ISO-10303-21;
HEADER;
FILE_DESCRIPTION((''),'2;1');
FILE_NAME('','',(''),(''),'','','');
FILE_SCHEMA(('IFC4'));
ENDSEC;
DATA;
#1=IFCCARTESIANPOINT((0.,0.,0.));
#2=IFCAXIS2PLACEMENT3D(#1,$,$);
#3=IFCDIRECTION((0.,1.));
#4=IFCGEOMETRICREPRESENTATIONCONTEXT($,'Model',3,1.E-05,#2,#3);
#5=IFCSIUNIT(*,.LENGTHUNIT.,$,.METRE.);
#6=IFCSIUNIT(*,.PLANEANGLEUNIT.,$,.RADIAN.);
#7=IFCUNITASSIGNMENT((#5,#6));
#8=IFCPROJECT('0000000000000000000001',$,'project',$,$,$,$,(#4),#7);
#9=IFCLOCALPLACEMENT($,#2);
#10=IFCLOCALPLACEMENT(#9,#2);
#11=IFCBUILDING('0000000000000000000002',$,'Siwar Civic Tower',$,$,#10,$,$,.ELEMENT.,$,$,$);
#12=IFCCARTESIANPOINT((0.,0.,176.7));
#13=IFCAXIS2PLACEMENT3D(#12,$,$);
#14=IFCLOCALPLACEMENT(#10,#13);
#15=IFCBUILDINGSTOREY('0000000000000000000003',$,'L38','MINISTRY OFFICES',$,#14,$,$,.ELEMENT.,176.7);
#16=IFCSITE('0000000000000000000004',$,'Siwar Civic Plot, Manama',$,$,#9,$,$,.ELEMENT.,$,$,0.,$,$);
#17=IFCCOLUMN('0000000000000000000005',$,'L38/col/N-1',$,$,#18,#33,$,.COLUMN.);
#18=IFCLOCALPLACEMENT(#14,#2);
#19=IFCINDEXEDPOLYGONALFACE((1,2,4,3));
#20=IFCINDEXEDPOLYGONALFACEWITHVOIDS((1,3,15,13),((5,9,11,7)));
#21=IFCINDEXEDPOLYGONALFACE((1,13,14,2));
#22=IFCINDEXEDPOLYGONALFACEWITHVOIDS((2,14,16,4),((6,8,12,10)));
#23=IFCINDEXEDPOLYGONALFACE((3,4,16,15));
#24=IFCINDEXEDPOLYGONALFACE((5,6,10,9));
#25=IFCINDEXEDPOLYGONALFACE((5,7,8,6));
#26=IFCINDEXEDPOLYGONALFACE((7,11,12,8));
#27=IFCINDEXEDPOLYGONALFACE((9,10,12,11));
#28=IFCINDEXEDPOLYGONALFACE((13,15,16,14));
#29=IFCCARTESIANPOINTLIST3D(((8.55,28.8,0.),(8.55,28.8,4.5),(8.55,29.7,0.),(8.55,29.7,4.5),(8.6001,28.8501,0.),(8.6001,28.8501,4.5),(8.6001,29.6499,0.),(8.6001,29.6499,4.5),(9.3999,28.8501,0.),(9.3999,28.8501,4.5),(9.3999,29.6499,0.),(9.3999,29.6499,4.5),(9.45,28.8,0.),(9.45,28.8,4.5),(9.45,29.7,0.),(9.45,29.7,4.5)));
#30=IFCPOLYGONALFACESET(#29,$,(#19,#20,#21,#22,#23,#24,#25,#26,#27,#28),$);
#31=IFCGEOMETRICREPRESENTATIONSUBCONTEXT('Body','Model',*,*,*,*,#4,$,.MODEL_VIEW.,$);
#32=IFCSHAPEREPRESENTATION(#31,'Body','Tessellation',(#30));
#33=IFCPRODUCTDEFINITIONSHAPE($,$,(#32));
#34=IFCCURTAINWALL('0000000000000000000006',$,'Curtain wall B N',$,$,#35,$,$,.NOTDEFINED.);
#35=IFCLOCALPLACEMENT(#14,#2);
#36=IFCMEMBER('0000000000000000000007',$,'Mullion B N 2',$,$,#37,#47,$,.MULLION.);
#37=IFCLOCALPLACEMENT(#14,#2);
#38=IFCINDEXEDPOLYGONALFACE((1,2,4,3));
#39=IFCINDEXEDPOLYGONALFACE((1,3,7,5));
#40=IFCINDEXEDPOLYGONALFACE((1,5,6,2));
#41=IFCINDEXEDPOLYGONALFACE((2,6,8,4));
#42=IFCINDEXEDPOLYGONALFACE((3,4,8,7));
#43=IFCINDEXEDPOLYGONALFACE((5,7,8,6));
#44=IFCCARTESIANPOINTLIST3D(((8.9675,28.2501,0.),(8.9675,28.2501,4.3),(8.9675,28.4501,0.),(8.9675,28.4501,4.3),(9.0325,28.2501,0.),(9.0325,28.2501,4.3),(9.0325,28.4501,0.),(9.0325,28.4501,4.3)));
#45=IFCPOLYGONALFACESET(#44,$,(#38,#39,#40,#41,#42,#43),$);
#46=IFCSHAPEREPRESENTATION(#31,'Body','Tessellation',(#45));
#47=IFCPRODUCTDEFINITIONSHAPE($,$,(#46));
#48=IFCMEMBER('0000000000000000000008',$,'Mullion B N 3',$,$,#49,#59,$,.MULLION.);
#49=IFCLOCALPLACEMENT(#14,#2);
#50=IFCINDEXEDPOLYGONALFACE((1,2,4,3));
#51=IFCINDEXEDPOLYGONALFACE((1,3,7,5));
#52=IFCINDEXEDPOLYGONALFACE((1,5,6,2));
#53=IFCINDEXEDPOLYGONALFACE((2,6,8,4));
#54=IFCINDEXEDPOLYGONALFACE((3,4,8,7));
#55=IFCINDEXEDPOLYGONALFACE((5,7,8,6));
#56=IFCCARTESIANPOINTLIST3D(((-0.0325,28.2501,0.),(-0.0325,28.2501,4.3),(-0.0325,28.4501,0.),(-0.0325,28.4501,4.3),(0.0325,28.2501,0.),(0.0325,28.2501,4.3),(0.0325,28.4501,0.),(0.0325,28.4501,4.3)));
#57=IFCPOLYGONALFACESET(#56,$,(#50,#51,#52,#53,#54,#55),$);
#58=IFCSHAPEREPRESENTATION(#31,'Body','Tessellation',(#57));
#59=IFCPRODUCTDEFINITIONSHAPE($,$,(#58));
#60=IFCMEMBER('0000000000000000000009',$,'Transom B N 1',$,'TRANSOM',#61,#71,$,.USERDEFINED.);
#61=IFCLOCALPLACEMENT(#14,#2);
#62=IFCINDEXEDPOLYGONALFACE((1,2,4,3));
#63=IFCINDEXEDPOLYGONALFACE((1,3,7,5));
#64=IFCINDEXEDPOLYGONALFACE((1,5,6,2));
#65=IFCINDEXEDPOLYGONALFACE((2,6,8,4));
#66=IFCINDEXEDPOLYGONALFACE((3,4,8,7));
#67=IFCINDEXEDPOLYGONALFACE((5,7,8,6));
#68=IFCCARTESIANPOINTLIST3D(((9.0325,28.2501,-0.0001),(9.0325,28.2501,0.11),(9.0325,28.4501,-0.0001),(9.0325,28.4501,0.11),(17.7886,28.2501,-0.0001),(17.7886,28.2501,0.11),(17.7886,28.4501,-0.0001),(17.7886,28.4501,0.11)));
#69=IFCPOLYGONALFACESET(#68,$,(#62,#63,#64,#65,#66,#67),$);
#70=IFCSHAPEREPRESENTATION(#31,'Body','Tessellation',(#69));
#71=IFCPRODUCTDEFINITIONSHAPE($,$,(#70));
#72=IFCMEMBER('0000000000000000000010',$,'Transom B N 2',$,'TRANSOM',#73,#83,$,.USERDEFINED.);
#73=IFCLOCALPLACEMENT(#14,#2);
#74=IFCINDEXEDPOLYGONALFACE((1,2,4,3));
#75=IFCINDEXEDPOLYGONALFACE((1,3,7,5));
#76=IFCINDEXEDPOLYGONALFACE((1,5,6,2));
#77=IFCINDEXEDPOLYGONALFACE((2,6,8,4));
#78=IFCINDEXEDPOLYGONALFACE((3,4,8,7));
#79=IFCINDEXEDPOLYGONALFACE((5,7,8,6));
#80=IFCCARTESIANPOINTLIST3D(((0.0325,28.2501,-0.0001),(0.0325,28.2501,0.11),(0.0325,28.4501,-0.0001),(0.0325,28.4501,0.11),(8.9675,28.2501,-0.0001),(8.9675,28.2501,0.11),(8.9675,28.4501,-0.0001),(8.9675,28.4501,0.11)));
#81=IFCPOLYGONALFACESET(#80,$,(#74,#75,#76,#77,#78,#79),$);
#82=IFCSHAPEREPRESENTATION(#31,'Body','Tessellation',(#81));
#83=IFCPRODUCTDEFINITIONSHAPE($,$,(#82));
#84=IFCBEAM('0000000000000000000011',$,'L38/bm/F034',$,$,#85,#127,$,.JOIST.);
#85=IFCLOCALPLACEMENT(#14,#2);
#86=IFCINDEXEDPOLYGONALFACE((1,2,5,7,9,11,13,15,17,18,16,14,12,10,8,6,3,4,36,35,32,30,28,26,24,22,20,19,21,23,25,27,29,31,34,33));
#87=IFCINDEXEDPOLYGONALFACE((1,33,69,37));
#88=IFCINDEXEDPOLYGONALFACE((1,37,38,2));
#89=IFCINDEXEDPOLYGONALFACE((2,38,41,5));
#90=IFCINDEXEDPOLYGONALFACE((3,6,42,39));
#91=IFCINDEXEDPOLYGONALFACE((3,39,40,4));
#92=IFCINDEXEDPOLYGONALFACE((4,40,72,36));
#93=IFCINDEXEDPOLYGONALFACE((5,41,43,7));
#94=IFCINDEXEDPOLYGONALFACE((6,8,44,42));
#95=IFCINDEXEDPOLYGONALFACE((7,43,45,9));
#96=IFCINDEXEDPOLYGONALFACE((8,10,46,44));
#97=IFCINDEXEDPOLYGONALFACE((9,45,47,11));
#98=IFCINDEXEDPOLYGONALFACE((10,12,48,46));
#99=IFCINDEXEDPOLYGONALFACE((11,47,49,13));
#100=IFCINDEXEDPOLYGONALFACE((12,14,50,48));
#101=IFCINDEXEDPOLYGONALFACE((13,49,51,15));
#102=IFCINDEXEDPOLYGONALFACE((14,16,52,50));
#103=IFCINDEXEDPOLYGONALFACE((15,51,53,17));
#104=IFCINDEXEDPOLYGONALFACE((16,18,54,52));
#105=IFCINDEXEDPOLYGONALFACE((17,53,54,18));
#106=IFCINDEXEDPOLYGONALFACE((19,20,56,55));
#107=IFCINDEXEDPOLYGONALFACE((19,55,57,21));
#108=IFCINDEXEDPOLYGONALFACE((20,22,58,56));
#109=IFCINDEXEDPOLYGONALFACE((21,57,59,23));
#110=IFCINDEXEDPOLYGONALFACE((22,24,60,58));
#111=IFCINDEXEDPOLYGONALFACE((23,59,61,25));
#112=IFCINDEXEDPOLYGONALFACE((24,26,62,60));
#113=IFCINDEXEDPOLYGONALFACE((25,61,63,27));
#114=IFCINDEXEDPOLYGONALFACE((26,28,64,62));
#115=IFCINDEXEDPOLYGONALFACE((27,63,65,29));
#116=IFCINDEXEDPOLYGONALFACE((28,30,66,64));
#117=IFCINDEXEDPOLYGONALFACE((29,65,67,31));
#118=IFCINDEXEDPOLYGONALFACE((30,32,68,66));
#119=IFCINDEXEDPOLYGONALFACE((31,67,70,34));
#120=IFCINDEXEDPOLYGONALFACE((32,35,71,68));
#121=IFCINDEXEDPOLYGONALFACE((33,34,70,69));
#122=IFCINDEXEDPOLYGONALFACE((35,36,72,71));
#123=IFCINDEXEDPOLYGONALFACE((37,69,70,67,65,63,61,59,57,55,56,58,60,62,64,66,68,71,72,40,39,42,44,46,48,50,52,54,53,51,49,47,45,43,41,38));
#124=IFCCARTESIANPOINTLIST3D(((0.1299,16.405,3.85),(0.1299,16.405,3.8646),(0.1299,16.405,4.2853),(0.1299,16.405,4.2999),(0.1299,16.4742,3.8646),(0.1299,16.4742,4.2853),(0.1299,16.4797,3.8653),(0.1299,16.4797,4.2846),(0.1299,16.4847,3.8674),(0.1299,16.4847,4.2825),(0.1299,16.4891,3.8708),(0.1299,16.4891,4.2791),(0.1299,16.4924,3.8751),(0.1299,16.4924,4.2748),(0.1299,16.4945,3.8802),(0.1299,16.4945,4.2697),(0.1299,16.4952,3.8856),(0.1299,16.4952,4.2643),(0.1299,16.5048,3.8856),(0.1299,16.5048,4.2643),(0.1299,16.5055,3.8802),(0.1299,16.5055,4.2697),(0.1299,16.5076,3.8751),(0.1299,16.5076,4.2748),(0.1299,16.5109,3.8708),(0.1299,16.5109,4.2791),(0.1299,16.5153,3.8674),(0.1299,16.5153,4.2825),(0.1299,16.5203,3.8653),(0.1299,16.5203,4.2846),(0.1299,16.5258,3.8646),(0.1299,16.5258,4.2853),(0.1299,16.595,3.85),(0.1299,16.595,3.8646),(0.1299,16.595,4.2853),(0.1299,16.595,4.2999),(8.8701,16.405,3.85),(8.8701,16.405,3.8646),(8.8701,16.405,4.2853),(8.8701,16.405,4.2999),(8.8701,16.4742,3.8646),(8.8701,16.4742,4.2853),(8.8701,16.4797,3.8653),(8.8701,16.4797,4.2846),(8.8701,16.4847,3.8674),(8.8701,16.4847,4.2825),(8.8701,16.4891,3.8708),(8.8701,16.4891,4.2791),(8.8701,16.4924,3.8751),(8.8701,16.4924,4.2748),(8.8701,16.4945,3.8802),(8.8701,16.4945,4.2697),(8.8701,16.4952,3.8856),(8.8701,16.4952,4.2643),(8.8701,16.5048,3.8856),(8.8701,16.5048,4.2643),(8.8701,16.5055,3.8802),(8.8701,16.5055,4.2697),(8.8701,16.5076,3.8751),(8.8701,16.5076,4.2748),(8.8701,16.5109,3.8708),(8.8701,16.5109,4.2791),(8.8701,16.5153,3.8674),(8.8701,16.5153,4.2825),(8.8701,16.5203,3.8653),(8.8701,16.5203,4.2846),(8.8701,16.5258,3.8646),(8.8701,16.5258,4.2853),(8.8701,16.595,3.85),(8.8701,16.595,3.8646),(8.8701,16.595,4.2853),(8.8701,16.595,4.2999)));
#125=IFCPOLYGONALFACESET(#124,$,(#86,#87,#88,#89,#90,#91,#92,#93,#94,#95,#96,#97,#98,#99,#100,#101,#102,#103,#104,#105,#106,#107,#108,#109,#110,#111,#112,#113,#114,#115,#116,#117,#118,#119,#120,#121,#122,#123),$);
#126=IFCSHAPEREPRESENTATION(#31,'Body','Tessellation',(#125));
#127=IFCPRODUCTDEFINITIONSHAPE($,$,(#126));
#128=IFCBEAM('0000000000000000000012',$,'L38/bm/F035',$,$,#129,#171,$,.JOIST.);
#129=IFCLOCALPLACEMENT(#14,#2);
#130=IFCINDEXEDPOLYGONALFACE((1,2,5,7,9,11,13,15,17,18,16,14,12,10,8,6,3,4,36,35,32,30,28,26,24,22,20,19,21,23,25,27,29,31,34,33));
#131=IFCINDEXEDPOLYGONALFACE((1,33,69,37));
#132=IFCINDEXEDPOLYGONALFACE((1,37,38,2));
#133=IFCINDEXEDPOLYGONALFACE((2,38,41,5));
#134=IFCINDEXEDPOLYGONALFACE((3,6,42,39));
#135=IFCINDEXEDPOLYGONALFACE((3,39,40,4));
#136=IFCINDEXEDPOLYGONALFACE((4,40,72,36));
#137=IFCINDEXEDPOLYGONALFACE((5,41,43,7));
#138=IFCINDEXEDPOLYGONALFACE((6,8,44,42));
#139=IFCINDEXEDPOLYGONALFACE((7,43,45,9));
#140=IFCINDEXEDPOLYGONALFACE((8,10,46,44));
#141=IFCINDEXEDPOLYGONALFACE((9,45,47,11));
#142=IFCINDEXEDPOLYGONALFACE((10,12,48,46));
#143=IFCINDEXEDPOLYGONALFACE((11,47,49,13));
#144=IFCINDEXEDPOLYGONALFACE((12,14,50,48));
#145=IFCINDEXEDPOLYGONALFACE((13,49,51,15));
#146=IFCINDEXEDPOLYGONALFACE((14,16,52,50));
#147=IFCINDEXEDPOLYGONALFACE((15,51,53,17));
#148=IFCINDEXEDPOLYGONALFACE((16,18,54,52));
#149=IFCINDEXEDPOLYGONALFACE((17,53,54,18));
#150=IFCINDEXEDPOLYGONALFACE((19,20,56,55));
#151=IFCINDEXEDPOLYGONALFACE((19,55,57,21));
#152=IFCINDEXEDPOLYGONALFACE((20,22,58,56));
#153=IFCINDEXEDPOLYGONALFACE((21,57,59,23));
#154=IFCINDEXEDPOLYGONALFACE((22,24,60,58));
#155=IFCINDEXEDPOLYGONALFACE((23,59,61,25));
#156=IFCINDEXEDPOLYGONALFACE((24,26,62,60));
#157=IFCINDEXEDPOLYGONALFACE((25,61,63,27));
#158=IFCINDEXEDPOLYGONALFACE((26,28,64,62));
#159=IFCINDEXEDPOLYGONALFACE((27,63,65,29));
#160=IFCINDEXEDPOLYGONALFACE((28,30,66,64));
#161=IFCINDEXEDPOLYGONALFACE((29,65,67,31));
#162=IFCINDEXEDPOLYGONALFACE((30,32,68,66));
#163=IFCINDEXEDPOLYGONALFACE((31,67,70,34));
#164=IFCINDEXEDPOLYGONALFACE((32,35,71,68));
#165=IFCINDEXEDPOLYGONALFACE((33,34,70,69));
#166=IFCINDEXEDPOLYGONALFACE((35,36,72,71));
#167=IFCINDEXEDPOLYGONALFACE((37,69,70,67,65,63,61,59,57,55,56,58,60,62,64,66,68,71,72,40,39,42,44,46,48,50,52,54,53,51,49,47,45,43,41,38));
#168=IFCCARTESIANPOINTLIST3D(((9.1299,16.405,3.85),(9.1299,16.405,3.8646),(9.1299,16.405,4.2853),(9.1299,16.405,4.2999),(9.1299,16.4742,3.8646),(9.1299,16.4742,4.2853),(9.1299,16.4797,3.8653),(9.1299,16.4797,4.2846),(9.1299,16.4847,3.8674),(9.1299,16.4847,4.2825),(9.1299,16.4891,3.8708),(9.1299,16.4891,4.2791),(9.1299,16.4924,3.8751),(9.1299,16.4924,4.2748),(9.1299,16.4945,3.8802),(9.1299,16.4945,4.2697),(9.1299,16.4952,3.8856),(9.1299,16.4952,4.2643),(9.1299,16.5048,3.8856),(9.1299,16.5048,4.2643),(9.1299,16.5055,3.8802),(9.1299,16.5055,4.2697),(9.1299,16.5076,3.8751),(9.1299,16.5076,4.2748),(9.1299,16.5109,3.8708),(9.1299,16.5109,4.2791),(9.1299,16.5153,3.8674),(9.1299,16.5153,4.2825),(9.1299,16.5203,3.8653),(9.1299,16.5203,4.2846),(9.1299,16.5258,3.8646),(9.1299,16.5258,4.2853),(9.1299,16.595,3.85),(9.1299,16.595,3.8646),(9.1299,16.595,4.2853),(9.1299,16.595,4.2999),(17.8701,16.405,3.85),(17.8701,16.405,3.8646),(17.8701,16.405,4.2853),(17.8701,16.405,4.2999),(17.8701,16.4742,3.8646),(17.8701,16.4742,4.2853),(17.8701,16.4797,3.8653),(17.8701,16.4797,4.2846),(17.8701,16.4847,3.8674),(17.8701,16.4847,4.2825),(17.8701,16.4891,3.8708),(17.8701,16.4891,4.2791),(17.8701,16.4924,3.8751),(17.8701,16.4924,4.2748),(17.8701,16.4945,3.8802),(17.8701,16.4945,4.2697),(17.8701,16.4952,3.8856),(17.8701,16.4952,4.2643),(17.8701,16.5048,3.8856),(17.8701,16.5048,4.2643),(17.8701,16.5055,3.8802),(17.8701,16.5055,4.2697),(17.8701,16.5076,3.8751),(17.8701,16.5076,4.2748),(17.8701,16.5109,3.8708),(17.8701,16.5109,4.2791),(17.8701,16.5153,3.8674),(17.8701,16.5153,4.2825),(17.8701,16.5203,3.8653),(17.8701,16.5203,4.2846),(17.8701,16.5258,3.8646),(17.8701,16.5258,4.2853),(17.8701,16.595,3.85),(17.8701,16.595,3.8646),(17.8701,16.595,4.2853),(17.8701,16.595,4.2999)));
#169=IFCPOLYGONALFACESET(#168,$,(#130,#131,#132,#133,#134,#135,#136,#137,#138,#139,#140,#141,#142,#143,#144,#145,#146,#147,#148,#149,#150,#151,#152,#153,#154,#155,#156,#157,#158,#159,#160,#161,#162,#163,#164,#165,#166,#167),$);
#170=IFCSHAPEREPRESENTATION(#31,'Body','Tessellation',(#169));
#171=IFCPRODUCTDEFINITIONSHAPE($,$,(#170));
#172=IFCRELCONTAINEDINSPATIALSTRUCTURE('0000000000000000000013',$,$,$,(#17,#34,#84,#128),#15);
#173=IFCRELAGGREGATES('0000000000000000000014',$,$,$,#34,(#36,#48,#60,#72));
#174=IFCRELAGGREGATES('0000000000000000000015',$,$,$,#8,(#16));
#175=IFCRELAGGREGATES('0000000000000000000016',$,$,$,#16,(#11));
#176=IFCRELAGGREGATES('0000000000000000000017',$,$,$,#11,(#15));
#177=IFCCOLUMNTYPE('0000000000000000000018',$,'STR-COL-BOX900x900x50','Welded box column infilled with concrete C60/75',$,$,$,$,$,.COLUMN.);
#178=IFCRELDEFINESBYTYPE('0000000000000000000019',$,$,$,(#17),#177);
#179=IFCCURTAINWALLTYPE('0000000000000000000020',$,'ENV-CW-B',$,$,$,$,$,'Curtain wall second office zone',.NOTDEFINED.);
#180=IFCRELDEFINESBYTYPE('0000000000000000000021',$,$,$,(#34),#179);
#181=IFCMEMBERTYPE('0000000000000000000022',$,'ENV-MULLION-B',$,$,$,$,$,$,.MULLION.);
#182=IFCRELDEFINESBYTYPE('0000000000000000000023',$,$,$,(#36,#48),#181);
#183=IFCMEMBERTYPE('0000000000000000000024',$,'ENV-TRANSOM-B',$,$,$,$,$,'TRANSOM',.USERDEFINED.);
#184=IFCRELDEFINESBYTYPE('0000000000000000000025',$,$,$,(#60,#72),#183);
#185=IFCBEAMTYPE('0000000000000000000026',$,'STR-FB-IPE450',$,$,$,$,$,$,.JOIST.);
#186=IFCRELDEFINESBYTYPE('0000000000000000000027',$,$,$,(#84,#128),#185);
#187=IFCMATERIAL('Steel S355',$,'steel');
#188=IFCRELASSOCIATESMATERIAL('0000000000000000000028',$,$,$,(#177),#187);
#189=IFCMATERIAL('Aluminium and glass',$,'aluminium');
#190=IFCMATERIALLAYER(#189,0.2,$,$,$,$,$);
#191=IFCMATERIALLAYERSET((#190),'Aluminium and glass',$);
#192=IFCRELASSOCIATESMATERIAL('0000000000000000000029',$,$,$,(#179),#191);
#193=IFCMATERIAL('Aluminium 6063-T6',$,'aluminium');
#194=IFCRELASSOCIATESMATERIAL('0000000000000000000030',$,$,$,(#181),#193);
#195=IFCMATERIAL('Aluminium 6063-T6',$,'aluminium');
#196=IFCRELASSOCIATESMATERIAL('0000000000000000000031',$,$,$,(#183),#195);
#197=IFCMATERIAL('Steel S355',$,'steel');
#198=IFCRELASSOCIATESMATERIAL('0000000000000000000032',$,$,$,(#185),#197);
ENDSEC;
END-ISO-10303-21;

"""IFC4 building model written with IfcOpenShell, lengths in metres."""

from ifc_helpers import new_model, si_unit, direction, frame, origin, origin_2d, place, context, subcontext, project, spatial, rectangle, hollow_rectangle, i_section, extrude, material, layer, layer_set, material_profile, profile_set, type_object, element, aggregate, save


model = new_model("IFC4")

# Units and contexts
model_context = context("Model", 3, precision=1e-05, world=origin(), true_north=direction((0.0, 1.0)))
body_context = subcontext(model_context, "Body", "Model", "MODEL_VIEW")
ifc_project = project(units=[si_unit("LENGTHUNIT", "METRE"), si_unit("PLANEANGLEUNIT", "RADIAN")], contexts=[model_context])

# Site, building, storey
site_placement = place(None, origin())
site = spatial("IfcSite", under=ifc_project, at=site_placement, Name="Siwar Civic Plot, Manama", CompositionType="ELEMENT", RefElevation=0.0)
building_placement = place(site_placement, origin())
building = spatial("IfcBuilding", under=site, at=building_placement, Name="Siwar Civic Tower", CompositionType="ELEMENT")
storey_placement = place(building_placement, frame((0.0, 0.0, 176.7)))
storey = spatial("IfcBuildingStorey", under=building, at=storey_placement, Name="L38", Description="MINISTRY OFFICES", CompositionType="ELEMENT", Elevation=176.7)

# Column
ifc_material_1 = material(Name="Steel S355", Category="steel")
ifc_material_profile_1 = material_profile(ifc_material_1, hollow_rectangle(XDim=0.8999, YDim=0.8999, WallThickness=0.05, at=origin_2d()), Name="BOX900x900x50")
ifc_profile_set_1 = profile_set([ifc_material_profile_1], Name="Steel S355")
column_type = type_object("IfcColumnType", Name="STR-COL-BOX900x900x50", Description="Welded box column infilled with concrete C60/75", PredefinedType="COLUMN", material=ifc_profile_set_1)
column_placement = place(storey_placement, frame((9.0, 29.25, 0.0), z_axis=(0.0, 0.0, 1.0), x_axis=(1.0, 0.0, 0.0)))
element("IfcColumn", 1, at=column_placement, inside=storey, type_object=column_type, Name="L38/col/N-1", PredefinedType="COLUMN", context=body_context, shape_type="SweptSolid", body=[
    extrude(hollow_rectangle(XDim=0.8999, YDim=0.8999, WallThickness=0.05, at=origin_2d()), origin(), (0.0, 0.0, 1.0), 4.5),
])

# Curtain wall, members
ifc_material_2 = material(Name="Aluminium and glass", Category="aluminium")
ifc_layer_1 = layer(ifc_material_2, 0.2)
ifc_layer_set_1 = layer_set([ifc_layer_1], Name="Aluminium and glass")
curtain_wall_type = type_object("IfcCurtainWallType", Name="ENV-CW-B", ElementType="Curtain wall second office zone", PredefinedType="NOTDEFINED", material=ifc_layer_set_1)
curtain_wall_placement = place(storey_placement, origin())
curtain_wall = element("IfcCurtainWall", 2, at=curtain_wall_placement, inside=storey, type_object=curtain_wall_type, Name="Curtain wall B N", PredefinedType="NOTDEFINED")
ifc_material_3 = material(Name="Aluminium 6063-T6", Category="aluminium")
ifc_material_profile_2 = material_profile(ifc_material_3, rectangle(XDim=0.2, YDim=0.0649, at=origin_2d()), Name="AL 200x65")
ifc_profile_set_2 = profile_set([ifc_material_profile_2], Name="Aluminium 6063-T6")
member_type_1 = type_object("IfcMemberType", Name="ENV-MULLION-B", PredefinedType="MULLION", material=ifc_profile_set_2)
member_1_placement = place(storey_placement, frame((9.0, 28.3501, 0.0), z_axis=(0.0, 0.0, 1.0), x_axis=(0.0, -1.0, 0.0)))
member_1 = element("IfcMember", 3, at=member_1_placement, type_object=member_type_1, Name="Mullion B N 2", PredefinedType="MULLION", context=body_context, shape_type="SweptSolid", body=[
    extrude(rectangle(XDim=0.2, YDim=0.0649, at=origin_2d()), origin(), (0.0, 0.0, 1.0), 4.3),
])
member_2_placement = place(storey_placement, frame((0.0, 28.3501, 0.0), z_axis=(0.0, 0.0, 1.0), x_axis=(0.0, -1.0, 0.0)))
member_2 = element("IfcMember", 4, at=member_2_placement, type_object=member_type_1, Name="Mullion B N 3", PredefinedType="MULLION", context=body_context, shape_type="SweptSolid", body=[
    extrude(rectangle(XDim=0.2, YDim=0.0649, at=origin_2d()), origin(), (0.0, 0.0, 1.0), 4.3),
])
ifc_material_4 = material(Name="Aluminium 6063-T6", Category="aluminium")
ifc_material_profile_3 = material_profile(ifc_material_4, rectangle(XDim=0.2, YDim=0.1101, at=origin_2d()), Name="AL 200x110")
ifc_profile_set_3 = profile_set([ifc_material_profile_3], Name="Aluminium 6063-T6")
member_type_2 = type_object("IfcMemberType", Name="ENV-TRANSOM-B", ElementType="TRANSOM", PredefinedType="USERDEFINED", material=ifc_profile_set_3)
member_3_placement = place(storey_placement, frame((17.7886, 28.3501, 0.0549), z_axis=(-1.0, 0.0, 0.0), x_axis=(0.0, -1.0, 0.0)))
member_3 = element("IfcMember", 5, at=member_3_placement, type_object=member_type_2, Name="Transom B N 1", ObjectType="TRANSOM", PredefinedType="USERDEFINED", context=body_context, shape_type="SweptSolid", body=[
    extrude(rectangle(XDim=0.2, YDim=0.1101, at=origin_2d()), origin(), (0.0, 0.0, 1.0), 8.7561),
])
member_4_placement = place(storey_placement, frame((8.9675, 28.3501, 0.0549), z_axis=(-1.0, 0.0, 0.0), x_axis=(0.0, -1.0, 0.0)))
member_4 = element("IfcMember", 6, at=member_4_placement, type_object=member_type_2, Name="Transom B N 2", ObjectType="TRANSOM", PredefinedType="USERDEFINED", context=body_context, shape_type="SweptSolid", body=[
    extrude(rectangle(XDim=0.2, YDim=0.1101, at=origin_2d()), origin(), (0.0, 0.0, 1.0), 8.9351),
])

# Beams
ifc_material_5 = material(Name="Steel S355", Category="steel")
ifc_material_profile_4 = material_profile(ifc_material_5, i_section(OverallWidth=0.1899, OverallDepth=0.45, WebThickness=0.0095, FlangeThickness=0.0146, FilletRadius=0.021, at=origin_2d()), Name="IPE450")
ifc_profile_set_4 = profile_set([ifc_material_profile_4], Name="Steel S355")
beam_type_1 = type_object("IfcBeamType", Name="STR-FB-IPE450", PredefinedType="JOIST", material=ifc_profile_set_4)
for number, where, z_axis, x_axis, name in (
    (7, (0.1299, 16.5, 4.075), (1.0, 0.0, 0.0), (0.0, 1.0, 0.0), "L38/bm/F034"),
    (8, (9.1299, 16.5, 4.075), (1.0, 0.0, 0.0), (0.0, 1.0, 0.0), "L38/bm/F035"),
):
    element("IfcBeam", number, at=place(storey_placement, frame(where, z_axis=z_axis, x_axis=x_axis)), inside=storey, type_object=beam_type_1, Name=name, PredefinedType="JOIST", context=body_context, shape_type="SweptSolid", body=[
        extrude(i_section(OverallWidth=0.1899, OverallDepth=0.45, WebThickness=0.0095, FlangeThickness=0.0146, FilletRadius=0.021, at=origin_2d()), origin(), (0.0, 0.0, 1.0), 8.7402),
    ])

aggregate(curtain_wall, [member_1, member_2, member_3, member_4])

save(model, "model.ifc")
